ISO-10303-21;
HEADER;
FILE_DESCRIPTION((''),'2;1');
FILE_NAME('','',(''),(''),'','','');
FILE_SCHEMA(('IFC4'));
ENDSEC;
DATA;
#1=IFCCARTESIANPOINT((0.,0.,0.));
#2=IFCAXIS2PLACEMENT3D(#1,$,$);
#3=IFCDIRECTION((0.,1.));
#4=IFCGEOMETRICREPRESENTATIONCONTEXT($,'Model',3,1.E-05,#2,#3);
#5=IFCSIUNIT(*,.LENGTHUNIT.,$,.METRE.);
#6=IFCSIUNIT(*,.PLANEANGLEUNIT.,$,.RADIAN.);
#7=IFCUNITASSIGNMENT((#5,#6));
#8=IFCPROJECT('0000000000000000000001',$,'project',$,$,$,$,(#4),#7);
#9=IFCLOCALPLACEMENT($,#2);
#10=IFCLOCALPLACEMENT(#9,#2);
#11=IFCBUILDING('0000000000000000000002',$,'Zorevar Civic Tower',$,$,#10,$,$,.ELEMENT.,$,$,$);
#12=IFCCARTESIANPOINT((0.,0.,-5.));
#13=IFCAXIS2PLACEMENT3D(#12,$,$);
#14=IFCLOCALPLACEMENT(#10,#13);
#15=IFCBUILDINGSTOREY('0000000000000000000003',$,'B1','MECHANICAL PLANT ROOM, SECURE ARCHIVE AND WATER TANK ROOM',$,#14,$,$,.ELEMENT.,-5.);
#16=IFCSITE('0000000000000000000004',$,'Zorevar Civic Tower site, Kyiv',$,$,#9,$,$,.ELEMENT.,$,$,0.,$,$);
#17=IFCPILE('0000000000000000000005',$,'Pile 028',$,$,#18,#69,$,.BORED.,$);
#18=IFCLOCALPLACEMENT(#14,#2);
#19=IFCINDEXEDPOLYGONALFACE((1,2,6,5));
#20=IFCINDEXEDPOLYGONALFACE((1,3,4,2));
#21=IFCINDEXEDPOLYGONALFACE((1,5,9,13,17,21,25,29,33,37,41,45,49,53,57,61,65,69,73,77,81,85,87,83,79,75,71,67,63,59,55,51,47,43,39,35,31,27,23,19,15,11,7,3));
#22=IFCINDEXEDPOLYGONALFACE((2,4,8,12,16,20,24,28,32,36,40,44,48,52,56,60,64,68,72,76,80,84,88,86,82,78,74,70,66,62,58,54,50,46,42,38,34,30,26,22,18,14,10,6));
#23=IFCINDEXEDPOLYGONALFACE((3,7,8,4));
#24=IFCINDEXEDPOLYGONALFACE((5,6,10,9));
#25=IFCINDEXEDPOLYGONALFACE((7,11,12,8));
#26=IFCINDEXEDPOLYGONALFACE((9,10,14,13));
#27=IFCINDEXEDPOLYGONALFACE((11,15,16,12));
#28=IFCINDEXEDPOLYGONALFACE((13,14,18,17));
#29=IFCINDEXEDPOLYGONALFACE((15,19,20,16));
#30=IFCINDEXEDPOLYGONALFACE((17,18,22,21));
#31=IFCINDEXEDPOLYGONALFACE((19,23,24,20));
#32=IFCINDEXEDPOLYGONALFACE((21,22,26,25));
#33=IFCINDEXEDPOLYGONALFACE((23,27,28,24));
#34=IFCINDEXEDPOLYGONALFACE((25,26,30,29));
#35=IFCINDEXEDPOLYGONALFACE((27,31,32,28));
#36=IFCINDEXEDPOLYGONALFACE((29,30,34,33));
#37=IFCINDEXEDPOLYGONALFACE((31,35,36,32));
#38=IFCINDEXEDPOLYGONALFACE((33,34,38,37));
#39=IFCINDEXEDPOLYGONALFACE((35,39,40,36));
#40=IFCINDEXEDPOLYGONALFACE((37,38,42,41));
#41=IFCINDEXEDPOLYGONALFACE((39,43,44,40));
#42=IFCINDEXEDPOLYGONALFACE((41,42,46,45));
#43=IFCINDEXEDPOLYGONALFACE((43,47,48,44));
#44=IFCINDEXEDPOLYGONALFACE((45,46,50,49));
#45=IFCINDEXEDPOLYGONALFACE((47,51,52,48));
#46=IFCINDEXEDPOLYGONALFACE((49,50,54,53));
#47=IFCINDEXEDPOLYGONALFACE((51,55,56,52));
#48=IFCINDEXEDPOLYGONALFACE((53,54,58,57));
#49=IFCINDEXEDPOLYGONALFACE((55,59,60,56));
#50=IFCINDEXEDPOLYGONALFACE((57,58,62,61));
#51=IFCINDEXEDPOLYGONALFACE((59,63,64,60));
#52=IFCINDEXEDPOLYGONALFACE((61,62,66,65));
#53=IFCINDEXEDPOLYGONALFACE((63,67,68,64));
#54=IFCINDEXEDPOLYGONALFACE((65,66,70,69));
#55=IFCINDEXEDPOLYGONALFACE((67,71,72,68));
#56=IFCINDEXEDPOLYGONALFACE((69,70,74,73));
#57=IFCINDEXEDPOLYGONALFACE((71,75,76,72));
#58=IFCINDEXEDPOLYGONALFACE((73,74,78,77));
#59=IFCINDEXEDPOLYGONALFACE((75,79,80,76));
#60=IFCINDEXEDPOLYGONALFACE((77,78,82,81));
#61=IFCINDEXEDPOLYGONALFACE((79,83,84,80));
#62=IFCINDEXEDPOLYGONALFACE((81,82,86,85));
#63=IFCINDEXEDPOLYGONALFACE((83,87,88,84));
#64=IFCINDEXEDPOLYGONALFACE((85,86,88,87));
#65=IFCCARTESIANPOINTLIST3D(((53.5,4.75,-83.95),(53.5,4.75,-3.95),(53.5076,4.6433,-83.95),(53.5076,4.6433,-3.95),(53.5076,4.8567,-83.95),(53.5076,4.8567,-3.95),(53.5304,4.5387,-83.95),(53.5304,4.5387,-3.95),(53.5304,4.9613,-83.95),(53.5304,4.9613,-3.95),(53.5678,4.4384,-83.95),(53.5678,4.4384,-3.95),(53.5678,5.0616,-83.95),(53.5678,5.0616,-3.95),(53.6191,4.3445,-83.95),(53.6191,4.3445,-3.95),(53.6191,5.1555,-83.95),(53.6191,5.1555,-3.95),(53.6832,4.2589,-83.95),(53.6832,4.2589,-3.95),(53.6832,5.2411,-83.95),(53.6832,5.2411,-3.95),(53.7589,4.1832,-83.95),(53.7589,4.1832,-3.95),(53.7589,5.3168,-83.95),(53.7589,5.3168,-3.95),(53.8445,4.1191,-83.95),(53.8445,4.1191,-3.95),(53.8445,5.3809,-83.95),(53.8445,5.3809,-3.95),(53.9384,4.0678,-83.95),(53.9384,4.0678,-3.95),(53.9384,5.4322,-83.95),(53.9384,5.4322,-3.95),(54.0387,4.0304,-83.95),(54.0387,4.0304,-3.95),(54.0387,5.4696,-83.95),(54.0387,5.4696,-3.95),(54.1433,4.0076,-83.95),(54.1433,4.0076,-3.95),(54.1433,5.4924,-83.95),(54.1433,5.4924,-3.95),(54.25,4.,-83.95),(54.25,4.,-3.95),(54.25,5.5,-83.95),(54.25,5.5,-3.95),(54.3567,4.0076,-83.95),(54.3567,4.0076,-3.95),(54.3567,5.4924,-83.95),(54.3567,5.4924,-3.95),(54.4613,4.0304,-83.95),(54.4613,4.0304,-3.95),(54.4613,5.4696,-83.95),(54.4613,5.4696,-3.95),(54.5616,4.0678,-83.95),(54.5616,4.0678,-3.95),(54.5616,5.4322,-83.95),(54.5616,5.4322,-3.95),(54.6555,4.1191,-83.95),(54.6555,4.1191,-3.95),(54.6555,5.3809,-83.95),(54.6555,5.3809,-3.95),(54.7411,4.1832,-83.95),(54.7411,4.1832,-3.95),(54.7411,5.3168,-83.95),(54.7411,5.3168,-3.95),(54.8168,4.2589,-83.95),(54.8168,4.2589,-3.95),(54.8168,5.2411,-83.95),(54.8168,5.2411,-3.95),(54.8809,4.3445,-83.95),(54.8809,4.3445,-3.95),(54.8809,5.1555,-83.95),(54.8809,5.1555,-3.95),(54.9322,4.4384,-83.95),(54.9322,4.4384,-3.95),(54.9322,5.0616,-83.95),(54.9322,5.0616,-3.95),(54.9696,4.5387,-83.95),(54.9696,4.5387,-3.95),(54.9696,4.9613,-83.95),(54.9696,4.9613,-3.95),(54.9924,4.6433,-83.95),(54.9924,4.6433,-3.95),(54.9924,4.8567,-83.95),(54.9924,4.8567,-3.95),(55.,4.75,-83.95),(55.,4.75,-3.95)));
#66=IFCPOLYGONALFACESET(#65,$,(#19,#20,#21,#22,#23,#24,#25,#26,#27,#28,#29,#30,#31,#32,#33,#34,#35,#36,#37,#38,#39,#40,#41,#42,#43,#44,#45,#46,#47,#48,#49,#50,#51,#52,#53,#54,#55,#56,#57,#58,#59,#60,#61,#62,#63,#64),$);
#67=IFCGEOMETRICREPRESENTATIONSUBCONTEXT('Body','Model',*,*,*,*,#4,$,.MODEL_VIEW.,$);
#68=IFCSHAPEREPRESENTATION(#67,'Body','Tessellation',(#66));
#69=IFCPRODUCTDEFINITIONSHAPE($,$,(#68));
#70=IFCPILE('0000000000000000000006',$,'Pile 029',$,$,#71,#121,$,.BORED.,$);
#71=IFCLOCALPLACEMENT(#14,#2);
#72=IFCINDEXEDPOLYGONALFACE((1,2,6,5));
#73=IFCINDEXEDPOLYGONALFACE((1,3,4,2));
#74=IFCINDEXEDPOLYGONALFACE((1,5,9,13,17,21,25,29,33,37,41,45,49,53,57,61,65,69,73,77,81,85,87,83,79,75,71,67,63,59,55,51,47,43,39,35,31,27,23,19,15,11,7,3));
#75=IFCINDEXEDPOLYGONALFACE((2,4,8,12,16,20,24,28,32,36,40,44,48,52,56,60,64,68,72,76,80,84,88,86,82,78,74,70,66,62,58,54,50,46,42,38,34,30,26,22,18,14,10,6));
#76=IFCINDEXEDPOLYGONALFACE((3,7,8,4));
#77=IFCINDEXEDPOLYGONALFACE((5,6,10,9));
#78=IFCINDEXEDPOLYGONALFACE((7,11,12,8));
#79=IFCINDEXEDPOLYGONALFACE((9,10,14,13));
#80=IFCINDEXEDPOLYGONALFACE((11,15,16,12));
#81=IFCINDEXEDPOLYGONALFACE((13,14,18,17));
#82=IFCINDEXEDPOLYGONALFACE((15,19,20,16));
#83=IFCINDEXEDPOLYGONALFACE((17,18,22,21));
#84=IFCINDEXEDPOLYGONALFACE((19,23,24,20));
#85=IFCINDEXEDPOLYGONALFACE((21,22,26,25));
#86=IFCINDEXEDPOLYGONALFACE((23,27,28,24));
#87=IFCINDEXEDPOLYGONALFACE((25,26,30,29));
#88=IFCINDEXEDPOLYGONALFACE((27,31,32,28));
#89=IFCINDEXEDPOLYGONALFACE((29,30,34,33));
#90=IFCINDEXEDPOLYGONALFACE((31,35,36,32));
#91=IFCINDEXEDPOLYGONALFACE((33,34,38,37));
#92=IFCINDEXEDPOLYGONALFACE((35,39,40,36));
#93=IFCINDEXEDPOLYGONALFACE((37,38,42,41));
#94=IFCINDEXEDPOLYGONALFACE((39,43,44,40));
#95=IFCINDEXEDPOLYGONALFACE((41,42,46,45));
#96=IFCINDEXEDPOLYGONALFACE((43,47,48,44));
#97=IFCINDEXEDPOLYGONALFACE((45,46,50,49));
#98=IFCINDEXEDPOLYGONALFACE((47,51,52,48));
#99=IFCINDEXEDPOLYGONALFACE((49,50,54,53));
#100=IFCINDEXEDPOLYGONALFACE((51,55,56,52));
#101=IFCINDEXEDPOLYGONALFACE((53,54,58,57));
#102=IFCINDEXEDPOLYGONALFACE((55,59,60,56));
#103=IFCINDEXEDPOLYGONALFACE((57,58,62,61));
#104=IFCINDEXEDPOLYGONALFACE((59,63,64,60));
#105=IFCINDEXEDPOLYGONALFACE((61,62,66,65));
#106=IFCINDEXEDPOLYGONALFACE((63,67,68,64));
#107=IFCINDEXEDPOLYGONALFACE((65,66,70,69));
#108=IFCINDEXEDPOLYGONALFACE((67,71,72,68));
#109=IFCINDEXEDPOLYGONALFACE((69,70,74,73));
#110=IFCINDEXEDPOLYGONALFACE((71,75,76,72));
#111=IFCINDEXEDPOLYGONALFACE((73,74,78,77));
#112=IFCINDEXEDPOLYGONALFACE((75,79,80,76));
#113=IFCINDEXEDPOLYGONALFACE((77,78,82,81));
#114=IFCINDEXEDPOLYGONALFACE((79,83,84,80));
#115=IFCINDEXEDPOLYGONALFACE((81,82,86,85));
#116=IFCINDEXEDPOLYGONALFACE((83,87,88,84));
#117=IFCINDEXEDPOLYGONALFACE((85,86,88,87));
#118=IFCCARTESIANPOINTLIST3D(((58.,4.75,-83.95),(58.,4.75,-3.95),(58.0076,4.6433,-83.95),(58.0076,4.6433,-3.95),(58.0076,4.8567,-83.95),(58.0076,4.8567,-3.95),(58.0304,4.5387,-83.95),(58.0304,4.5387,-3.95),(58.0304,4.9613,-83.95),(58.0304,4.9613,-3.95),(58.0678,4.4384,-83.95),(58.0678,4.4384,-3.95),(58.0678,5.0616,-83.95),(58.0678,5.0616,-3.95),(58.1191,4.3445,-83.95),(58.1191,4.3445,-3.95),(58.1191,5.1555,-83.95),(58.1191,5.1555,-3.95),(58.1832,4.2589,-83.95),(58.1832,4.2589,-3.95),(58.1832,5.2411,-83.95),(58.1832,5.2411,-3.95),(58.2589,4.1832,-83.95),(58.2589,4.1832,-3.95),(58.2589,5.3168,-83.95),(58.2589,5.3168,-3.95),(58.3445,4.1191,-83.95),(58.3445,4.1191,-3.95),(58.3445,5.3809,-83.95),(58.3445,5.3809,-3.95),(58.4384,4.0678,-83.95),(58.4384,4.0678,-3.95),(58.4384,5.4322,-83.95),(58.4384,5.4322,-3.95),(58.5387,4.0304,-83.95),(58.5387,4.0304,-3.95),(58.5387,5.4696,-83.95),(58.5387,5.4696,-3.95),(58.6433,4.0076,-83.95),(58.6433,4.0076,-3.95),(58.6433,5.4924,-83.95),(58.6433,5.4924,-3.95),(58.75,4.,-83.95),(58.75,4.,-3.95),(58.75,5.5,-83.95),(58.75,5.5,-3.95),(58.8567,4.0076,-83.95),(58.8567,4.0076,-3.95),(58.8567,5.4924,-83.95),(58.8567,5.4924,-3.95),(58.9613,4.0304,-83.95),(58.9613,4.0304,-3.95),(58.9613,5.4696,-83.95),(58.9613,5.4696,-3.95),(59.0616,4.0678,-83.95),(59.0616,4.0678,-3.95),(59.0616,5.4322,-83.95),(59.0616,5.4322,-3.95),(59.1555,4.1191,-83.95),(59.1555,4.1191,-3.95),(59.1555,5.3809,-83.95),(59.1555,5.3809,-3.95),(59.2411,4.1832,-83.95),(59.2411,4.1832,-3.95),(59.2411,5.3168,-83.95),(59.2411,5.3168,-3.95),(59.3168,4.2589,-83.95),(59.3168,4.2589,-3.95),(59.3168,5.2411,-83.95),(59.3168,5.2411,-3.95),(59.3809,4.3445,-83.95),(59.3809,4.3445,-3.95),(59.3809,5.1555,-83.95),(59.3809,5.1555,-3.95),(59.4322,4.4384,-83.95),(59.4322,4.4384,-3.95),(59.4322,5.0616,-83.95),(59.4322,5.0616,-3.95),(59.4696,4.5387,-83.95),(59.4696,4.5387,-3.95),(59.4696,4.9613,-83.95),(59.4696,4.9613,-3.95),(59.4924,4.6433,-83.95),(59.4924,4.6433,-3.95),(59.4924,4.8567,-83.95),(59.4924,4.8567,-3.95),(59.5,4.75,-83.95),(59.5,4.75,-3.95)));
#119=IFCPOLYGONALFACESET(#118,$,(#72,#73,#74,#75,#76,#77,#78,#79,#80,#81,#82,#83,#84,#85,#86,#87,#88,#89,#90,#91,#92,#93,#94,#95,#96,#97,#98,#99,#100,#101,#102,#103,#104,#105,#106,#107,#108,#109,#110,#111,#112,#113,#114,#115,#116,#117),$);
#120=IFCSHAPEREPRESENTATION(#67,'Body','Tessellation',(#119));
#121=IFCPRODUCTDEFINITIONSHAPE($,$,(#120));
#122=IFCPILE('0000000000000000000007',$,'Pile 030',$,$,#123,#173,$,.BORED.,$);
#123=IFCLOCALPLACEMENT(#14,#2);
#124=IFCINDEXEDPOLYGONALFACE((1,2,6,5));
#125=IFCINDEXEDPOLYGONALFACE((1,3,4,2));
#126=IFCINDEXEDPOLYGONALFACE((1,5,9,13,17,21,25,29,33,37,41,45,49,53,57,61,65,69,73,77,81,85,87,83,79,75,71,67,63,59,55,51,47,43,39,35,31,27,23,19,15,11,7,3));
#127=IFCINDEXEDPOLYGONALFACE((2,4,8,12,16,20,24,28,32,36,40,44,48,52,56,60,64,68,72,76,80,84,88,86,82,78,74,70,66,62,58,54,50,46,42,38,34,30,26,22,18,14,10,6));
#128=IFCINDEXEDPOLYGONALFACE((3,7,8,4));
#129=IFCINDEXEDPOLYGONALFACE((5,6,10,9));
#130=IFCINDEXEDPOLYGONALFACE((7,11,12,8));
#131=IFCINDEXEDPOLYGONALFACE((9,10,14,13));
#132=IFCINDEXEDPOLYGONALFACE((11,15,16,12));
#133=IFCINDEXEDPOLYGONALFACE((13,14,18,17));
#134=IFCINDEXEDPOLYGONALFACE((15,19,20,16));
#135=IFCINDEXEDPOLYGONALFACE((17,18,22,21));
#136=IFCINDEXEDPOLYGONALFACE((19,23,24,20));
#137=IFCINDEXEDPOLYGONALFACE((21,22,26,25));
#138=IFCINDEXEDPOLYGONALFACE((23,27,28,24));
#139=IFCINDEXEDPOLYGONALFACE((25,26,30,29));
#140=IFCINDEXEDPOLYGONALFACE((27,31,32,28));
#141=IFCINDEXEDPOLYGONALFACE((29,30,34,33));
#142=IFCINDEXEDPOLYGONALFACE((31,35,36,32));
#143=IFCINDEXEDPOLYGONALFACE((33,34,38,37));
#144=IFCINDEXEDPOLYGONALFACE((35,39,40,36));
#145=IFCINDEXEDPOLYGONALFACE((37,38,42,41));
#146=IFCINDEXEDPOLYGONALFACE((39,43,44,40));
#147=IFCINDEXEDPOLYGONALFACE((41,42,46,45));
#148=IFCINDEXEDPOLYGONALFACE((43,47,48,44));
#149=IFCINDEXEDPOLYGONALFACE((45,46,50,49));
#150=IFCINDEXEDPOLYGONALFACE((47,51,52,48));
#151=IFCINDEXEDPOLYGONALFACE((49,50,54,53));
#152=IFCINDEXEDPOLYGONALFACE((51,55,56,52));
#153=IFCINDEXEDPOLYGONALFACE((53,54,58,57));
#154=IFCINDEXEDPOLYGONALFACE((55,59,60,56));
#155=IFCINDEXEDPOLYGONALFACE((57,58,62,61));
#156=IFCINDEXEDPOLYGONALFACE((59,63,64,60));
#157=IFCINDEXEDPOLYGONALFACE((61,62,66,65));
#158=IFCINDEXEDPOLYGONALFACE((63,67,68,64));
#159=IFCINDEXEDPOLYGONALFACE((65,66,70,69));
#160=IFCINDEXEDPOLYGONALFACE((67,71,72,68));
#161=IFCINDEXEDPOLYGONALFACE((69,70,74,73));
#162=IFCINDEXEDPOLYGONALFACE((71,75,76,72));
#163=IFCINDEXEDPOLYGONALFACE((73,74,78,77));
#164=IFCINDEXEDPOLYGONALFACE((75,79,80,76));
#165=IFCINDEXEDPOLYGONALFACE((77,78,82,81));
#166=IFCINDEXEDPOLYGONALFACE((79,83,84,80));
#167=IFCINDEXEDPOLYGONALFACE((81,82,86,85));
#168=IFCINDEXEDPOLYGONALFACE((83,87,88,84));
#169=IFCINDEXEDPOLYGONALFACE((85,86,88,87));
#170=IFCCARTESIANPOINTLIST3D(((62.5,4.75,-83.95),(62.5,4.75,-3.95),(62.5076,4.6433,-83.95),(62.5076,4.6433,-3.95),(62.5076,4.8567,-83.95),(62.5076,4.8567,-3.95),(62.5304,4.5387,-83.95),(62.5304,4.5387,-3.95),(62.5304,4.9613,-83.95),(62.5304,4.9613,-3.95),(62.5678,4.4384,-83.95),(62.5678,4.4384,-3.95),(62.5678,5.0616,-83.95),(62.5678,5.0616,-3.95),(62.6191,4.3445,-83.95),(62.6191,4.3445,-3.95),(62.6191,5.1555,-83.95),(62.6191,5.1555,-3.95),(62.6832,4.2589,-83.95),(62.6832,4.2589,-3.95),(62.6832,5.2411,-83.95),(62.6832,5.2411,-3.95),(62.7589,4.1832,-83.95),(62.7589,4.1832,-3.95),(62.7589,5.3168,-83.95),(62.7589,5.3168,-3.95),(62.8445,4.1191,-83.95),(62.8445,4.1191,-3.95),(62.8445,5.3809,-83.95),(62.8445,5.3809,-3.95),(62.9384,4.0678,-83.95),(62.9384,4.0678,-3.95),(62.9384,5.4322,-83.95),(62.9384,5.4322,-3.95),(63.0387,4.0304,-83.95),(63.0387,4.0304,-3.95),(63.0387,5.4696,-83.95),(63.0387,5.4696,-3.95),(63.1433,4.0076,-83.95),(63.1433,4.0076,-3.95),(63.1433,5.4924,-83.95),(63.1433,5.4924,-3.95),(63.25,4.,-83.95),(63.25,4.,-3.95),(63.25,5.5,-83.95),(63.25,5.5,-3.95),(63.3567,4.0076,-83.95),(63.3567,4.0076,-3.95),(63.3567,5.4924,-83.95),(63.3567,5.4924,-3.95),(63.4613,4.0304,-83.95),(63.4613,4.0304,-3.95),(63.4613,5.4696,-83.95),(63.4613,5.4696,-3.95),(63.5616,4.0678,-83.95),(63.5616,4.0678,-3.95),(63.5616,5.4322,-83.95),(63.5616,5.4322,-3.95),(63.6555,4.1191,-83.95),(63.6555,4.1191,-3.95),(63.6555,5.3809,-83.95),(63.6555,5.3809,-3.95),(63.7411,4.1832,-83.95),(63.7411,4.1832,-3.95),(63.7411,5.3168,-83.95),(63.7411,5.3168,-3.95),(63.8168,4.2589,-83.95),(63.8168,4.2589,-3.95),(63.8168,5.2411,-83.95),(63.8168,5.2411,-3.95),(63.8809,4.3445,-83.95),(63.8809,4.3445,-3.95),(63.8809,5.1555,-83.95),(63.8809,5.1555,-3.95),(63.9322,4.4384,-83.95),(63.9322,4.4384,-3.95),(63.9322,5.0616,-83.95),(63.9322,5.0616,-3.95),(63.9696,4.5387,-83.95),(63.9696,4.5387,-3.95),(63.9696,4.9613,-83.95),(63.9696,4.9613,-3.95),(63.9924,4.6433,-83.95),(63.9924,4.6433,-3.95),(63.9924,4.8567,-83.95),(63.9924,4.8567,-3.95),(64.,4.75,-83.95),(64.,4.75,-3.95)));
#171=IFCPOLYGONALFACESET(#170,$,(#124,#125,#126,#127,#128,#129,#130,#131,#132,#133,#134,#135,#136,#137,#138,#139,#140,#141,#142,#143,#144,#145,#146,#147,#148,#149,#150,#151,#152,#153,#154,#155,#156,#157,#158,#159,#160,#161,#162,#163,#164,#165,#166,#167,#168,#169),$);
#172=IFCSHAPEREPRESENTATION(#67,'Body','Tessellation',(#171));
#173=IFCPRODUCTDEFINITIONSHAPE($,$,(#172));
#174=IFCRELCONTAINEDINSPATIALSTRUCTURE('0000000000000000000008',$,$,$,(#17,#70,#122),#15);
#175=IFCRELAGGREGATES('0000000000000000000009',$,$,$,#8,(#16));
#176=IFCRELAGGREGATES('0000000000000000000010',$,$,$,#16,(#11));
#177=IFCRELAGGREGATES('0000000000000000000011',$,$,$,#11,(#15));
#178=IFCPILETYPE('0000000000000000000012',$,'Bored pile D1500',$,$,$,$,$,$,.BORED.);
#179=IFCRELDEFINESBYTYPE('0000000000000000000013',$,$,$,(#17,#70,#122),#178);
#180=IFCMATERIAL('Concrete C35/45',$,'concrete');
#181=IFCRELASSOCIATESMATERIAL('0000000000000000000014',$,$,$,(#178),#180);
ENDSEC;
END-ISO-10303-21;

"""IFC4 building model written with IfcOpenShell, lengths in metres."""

from ifc_helpers import new_model, si_unit, direction, frame, origin, origin_2d, place, context, subcontext, project, spatial, circle, extrude, material, type_object, element, save


model = new_model("IFC4")

# Units and contexts
model_context = context("Model", 3, precision=1e-05, world=origin(), true_north=direction((0.0, 1.0)))
body_context = subcontext(model_context, "Body", "Model", "MODEL_VIEW")
ifc_project = project(units=[si_unit("LENGTHUNIT", "METRE"), si_unit("PLANEANGLEUNIT", "RADIAN")], contexts=[model_context])

# Site, building, storey
site_placement = place(None, origin())
site = spatial("IfcSite", under=ifc_project, at=site_placement, Name="Zorevar Civic Tower site, Kyiv", CompositionType="ELEMENT", RefElevation=0.0)
building_placement = place(site_placement, origin())
building = spatial("IfcBuilding", under=site, at=building_placement, Name="Zorevar Civic Tower", CompositionType="ELEMENT")
storey_placement = place(building_placement, frame((0.0, 0.0, -5.0)))
storey = spatial("IfcBuildingStorey", under=building, at=storey_placement, Name="B1", Description="MECHANICAL PLANT ROOM, SECURE ARCHIVE AND WATER TANK ROOM", CompositionType="ELEMENT", Elevation=-5.0)

# Piles
ifc_material_1 = material(Name="Concrete C35/45", Category="concrete")
pile_type_1 = type_object("IfcPileType", Name="Bored pile D1500", PredefinedType="BORED", material=ifc_material_1)
for number, where, z_axis, x_axis, name in (
    (1, (54.25, 4.75, -3.95), (0.0, 0.0, -1.0), (1.0, 0.0, 0.0), "Pile 028"),
    (2, (58.75, 4.75, -3.95), (0.0, 0.0, -1.0), (1.0, 0.0, 0.0), "Pile 029"),
    (3, (63.25, 4.75, -3.95), (0.0, 0.0, -1.0), (1.0, 0.0, 0.0), "Pile 030"),
):
    element("IfcPile", number, at=place(storey_placement, frame(where, z_axis=z_axis, x_axis=x_axis)), inside=storey, type_object=pile_type_1, Name=name, PredefinedType="BORED", context=body_context, shape_type="SweptSolid", body=[
        extrude(circle(Radius=0.75, at=origin_2d()), origin(), (0.0, 0.0, 1.0), 80.0),
    ])

save(model, "model.ifc")
